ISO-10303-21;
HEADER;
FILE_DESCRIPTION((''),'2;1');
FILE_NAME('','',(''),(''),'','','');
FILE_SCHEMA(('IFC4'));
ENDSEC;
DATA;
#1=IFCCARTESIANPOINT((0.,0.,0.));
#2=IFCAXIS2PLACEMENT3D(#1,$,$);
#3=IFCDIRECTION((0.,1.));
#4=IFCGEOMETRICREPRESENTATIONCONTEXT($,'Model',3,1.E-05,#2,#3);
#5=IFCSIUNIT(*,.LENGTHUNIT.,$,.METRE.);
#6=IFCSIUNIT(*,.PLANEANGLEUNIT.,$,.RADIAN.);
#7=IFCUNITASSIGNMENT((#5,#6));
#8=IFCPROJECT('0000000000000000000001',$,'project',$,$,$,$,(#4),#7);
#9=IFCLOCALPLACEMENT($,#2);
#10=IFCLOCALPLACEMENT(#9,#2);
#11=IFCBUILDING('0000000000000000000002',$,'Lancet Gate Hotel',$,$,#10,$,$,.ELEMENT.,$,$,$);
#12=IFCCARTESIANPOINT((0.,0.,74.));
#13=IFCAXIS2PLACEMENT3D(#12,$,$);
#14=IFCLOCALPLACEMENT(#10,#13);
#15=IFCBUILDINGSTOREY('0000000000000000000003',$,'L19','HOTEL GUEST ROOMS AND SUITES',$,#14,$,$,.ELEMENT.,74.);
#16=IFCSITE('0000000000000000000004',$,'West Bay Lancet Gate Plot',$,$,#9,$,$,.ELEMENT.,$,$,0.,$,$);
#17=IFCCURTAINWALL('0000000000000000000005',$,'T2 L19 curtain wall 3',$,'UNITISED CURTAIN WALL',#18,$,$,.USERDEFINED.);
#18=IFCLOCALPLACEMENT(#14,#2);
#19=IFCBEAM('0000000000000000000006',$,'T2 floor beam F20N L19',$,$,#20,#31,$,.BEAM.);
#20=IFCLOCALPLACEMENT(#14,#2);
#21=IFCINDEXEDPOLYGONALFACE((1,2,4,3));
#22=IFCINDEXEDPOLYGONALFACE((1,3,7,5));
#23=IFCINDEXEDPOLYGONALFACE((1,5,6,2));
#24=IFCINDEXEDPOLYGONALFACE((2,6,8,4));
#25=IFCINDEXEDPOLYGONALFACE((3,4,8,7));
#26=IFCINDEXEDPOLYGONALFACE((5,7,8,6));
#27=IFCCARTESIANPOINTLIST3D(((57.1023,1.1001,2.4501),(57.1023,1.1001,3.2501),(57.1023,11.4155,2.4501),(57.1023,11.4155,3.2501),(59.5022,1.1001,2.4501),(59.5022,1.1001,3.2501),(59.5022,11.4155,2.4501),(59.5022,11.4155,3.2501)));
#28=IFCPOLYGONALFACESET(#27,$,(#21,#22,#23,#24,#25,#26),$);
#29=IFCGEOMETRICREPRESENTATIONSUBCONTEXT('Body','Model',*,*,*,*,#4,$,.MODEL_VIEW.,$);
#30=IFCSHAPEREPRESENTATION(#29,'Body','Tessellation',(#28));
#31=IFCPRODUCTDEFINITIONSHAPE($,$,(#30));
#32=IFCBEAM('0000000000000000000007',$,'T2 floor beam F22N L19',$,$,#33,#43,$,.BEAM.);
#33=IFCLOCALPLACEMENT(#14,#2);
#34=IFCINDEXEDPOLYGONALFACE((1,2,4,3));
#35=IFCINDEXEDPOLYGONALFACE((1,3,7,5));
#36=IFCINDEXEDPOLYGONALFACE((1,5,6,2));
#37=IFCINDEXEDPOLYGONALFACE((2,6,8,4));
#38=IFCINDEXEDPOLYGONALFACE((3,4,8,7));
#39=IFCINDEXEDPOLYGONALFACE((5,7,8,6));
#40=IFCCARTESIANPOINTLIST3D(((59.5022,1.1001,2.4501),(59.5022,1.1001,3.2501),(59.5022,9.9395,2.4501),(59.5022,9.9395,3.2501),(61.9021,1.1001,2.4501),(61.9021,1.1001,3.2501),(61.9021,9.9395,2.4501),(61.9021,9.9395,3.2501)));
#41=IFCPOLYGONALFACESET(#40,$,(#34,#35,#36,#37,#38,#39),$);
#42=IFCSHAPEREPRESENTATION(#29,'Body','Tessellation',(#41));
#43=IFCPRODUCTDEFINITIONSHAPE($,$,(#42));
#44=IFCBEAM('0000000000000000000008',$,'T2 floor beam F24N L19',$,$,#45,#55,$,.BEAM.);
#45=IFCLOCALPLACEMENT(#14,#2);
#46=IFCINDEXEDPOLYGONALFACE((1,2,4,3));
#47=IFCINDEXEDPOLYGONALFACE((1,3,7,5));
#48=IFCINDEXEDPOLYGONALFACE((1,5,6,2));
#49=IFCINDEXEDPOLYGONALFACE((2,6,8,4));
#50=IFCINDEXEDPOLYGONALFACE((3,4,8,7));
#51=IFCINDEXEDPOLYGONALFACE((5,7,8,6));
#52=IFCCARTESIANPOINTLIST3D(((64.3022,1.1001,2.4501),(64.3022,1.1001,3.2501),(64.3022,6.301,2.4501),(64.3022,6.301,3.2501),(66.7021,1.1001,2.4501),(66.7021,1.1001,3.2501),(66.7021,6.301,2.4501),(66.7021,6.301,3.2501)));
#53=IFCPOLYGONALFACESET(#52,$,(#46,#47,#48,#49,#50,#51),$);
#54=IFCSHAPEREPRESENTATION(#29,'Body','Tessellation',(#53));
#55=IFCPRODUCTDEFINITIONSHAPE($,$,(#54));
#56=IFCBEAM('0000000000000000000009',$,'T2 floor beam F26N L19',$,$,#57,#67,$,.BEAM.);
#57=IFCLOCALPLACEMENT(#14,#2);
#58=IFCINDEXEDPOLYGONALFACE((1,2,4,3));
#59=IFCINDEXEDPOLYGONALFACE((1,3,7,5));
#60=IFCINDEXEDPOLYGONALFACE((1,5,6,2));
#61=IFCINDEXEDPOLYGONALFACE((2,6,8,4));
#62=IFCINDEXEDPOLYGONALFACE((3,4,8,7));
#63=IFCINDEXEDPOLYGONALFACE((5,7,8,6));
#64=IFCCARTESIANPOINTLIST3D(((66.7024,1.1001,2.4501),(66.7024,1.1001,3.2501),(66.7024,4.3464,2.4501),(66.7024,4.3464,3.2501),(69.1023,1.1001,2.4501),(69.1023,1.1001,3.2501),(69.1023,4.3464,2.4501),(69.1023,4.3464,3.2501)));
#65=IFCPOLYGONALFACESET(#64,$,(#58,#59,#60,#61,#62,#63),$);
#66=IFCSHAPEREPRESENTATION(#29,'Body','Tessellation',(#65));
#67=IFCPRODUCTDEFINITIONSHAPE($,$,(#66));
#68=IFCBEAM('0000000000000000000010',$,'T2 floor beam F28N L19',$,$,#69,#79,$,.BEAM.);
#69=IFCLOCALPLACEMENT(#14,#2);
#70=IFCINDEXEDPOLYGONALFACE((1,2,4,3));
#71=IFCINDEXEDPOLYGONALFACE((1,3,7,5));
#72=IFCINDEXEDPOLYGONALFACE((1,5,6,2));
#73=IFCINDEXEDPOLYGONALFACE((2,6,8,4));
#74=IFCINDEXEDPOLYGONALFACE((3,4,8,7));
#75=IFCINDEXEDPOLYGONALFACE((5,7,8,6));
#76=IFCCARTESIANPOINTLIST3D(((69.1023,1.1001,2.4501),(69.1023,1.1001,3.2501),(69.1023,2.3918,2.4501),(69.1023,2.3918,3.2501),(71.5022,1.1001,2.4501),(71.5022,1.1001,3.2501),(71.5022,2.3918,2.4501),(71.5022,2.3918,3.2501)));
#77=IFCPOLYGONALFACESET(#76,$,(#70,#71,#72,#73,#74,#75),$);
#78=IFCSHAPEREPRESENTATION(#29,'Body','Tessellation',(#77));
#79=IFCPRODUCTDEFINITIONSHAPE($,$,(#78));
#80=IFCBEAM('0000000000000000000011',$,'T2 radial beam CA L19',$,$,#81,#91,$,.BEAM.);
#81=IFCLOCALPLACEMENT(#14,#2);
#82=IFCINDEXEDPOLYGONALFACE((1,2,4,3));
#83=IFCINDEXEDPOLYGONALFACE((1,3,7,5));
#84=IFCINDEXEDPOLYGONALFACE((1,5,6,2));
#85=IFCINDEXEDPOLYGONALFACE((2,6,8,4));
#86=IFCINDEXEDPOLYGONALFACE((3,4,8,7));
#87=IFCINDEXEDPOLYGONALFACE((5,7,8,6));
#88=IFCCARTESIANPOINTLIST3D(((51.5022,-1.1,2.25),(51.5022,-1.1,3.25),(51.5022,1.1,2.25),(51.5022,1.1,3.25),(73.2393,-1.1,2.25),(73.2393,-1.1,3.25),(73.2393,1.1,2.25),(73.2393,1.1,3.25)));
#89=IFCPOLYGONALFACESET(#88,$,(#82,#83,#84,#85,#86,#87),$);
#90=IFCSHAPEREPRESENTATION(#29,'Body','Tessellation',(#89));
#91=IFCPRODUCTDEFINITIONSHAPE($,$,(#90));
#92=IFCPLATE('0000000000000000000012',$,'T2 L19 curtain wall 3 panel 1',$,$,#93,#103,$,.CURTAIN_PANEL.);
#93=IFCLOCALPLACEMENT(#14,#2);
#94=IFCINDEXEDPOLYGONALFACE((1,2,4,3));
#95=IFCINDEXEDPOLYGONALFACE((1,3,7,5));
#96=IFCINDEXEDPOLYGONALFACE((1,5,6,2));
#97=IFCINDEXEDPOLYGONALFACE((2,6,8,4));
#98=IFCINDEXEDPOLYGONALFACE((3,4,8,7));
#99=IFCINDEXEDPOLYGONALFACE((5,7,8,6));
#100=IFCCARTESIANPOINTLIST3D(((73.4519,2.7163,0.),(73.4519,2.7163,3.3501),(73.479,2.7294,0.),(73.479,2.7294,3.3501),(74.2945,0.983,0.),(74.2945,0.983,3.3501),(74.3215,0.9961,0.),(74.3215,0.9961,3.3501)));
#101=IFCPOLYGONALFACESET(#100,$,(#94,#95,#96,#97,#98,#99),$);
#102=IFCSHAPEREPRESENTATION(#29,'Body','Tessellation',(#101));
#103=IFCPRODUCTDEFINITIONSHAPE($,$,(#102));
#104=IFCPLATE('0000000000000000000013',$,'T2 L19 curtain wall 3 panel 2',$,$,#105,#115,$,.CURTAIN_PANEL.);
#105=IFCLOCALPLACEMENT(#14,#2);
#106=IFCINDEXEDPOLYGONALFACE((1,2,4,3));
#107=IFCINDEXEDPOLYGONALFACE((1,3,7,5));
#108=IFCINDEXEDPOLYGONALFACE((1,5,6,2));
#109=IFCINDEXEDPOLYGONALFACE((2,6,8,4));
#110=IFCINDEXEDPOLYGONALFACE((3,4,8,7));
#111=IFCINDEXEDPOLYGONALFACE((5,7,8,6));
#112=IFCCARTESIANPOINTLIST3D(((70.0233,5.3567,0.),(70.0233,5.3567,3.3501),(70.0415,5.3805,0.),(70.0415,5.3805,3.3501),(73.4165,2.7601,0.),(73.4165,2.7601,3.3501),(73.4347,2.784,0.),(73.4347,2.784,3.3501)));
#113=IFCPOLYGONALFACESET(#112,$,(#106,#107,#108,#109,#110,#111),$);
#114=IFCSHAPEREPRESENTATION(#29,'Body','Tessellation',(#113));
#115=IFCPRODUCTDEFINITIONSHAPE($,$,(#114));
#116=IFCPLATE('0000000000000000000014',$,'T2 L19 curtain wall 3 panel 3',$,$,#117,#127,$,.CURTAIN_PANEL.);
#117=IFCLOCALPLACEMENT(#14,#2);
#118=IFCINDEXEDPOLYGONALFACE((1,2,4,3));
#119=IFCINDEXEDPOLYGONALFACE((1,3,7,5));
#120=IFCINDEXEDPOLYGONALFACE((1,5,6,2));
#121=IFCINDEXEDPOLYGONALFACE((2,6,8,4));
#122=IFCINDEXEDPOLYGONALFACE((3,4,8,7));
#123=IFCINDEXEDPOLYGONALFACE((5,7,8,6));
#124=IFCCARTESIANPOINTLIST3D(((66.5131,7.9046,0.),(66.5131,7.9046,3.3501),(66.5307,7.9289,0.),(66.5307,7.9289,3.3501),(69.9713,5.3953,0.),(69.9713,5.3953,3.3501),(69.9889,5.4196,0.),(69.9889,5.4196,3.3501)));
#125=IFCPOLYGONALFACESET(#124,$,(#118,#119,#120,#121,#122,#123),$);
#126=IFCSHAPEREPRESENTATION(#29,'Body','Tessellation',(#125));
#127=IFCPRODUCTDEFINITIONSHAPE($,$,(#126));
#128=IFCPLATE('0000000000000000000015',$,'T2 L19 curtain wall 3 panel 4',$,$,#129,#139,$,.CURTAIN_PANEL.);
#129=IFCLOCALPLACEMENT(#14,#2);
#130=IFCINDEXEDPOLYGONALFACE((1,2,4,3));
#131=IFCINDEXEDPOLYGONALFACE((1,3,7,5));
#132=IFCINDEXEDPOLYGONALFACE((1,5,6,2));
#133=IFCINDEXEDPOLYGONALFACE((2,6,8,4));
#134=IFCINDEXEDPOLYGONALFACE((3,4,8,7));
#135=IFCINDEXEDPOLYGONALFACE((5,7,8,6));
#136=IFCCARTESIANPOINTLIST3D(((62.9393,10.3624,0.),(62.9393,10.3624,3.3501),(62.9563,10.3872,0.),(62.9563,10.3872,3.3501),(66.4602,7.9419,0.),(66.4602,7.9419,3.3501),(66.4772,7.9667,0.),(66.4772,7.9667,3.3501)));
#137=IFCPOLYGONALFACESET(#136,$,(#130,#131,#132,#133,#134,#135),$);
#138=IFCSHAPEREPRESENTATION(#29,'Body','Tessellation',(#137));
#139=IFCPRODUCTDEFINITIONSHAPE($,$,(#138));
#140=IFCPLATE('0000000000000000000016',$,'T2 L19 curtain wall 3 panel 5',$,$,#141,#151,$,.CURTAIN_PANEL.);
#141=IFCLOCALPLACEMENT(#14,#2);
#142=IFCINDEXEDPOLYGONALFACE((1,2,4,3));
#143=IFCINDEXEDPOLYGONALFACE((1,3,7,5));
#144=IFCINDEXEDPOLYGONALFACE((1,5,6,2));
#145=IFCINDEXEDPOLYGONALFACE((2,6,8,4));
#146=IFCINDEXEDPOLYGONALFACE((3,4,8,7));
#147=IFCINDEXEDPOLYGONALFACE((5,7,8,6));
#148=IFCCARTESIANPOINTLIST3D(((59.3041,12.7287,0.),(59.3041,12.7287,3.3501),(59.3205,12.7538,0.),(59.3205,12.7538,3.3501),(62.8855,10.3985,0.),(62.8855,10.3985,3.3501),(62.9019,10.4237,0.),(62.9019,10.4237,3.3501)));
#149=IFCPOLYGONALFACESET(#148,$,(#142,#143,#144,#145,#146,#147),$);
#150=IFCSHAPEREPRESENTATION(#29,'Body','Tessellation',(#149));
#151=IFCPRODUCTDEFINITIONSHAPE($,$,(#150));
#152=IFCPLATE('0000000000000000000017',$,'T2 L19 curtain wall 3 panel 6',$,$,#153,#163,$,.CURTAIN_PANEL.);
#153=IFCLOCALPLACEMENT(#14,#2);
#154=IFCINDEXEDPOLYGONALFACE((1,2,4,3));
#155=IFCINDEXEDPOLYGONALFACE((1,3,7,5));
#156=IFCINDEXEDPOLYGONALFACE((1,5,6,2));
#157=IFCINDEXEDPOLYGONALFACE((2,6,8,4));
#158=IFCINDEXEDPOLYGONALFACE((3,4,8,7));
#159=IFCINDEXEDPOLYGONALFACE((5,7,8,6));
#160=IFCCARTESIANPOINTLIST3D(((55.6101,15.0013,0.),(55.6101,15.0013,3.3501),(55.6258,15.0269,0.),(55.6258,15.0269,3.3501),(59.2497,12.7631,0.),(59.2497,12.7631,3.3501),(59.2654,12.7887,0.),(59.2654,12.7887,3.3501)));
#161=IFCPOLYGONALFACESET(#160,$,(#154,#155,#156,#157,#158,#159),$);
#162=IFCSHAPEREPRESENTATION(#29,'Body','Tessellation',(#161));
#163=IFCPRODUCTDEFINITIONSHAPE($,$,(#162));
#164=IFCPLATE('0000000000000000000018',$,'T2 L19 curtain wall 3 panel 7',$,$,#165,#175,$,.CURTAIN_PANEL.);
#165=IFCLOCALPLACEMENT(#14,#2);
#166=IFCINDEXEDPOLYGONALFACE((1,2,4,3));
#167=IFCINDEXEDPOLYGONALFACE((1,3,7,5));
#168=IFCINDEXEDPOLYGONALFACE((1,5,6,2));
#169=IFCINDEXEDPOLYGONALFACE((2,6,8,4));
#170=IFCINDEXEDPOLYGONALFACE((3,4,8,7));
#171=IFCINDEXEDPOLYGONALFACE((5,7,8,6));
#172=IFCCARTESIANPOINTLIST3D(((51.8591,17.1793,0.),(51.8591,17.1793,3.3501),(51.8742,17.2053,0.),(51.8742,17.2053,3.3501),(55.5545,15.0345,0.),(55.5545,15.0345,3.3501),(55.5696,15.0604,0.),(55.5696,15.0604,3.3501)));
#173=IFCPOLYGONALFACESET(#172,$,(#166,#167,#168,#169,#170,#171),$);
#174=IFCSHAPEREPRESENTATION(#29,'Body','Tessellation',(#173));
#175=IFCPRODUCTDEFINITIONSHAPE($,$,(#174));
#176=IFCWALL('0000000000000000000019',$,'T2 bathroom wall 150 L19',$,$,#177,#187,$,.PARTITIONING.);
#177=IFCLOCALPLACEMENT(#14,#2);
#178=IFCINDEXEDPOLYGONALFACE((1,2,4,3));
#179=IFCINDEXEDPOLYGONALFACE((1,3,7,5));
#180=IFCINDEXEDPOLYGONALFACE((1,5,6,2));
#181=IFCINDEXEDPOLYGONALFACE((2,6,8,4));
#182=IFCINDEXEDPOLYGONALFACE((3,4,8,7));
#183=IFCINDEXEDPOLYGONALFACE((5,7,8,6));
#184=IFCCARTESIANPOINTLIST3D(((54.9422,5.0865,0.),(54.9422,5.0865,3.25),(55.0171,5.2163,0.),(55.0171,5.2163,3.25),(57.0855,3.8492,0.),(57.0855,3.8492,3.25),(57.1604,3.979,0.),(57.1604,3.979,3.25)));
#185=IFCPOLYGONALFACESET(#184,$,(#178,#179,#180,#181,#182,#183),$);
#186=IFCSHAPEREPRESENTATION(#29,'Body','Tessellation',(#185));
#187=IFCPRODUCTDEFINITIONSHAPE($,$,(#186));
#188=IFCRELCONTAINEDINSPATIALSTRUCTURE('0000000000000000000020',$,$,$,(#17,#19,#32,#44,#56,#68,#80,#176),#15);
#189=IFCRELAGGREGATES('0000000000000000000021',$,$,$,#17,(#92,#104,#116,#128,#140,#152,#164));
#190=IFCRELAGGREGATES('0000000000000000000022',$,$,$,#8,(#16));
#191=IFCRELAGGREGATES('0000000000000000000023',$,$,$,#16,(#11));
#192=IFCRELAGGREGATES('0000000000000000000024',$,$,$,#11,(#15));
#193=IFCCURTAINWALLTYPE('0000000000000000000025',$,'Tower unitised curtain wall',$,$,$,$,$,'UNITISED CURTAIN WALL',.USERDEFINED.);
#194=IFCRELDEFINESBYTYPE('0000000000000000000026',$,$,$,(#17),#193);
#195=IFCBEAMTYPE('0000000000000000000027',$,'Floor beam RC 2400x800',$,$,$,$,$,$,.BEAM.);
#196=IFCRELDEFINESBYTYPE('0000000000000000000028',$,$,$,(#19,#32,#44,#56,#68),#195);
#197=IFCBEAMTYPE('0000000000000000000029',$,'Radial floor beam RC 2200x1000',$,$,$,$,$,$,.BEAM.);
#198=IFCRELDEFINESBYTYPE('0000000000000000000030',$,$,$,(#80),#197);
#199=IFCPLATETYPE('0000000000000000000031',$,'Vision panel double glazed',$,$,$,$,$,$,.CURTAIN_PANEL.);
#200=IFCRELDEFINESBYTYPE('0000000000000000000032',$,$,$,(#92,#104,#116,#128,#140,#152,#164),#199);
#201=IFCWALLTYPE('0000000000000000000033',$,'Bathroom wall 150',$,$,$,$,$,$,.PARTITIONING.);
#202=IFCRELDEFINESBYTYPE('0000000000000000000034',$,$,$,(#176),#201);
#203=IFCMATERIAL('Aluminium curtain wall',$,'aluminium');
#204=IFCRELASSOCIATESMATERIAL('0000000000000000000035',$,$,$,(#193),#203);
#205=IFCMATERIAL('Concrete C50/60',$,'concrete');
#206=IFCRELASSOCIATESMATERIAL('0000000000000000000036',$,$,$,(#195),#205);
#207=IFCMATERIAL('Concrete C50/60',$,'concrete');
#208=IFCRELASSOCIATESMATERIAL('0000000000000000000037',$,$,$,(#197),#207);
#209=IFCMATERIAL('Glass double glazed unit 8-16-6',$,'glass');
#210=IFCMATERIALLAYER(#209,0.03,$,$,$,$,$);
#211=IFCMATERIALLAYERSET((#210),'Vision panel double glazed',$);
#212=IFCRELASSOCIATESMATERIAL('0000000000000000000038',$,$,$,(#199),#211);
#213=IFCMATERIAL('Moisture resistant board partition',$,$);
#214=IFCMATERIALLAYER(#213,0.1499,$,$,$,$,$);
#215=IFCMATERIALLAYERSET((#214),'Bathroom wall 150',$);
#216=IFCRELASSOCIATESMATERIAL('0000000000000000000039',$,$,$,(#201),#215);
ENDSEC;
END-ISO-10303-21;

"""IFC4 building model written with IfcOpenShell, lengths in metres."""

from ifc_helpers import new_model, si_unit, direction, frame, frame_2d, origin, origin_2d, place, context, subcontext, project, spatial, rectangle, extrude, material, layer, layer_set, material_profile, profile_set, type_object, element, aggregate, save


model = new_model("IFC4")

# Units and contexts
model_context = context("Model", 3, precision=1e-05, world=origin(), true_north=direction((0.0, 1.0)))
body_context = subcontext(model_context, "Body", "Model", "MODEL_VIEW")
ifc_project = project(units=[si_unit("LENGTHUNIT", "METRE"), si_unit("PLANEANGLEUNIT", "RADIAN")], contexts=[model_context])

# Site, building, storey
site_placement = place(None, origin())
site = spatial("IfcSite", under=ifc_project, at=site_placement, Name="West Bay Lancet Gate Plot", CompositionType="ELEMENT", RefElevation=0.0)
building_placement = place(site_placement, origin())
building = spatial("IfcBuilding", under=site, at=building_placement, Name="Lancet Gate Hotel", CompositionType="ELEMENT")
storey_placement = place(building_placement, frame((0.0, 0.0, 74.0)))
storey = spatial("IfcBuildingStorey", under=building, at=storey_placement, Name="L19", Description="HOTEL GUEST ROOMS AND SUITES", CompositionType="ELEMENT", Elevation=74.0)

# Curtain wall
ifc_material_1 = material(Name="Aluminium curtain wall", Category="aluminium")
curtain_wall_type = type_object("IfcCurtainWallType", Name="Tower unitised curtain wall", ElementType="UNITISED CURTAIN WALL", PredefinedType="USERDEFINED", material=ifc_material_1)
curtain_wall_placement = place(storey_placement, origin())
curtain_wall = element("IfcCurtainWall", 1, at=curtain_wall_placement, inside=storey, type_object=curtain_wall_type, Name="T2 L19 curtain wall 3", ObjectType="UNITISED CURTAIN WALL", PredefinedType="USERDEFINED")

# Beams
ifc_material_2 = material(Name="Concrete C50/60", Category="concrete")
ifc_material_profile_1 = material_profile(ifc_material_2, rectangle(XDim=2.3999, YDim=0.8, at=origin_2d()), Name="RC 2400x800")
ifc_profile_set_1 = profile_set([ifc_material_profile_1], Name="Concrete C50/60")
beam_type_1 = type_object("IfcBeamType", Name="Floor beam RC 2400x800", PredefinedType="BEAM", material=ifc_profile_set_1)
beam_1_placement = place(storey_placement, frame((58.3022, 1.1001, 2.8501), z_axis=(0.0, 1.0, 0.0), x_axis=(-1.0, 0.0, 0.0)))
element("IfcBeam", 2, at=beam_1_placement, inside=storey, type_object=beam_type_1, Name="T2 floor beam F20N L19", PredefinedType="BEAM", context=body_context, shape_type="SweptSolid", body=[
    extrude(rectangle(XDim=2.3999, YDim=0.8, at=origin_2d()), origin(), (0.0, 0.0, 1.0), 10.3154),
])
beam_2_placement = place(storey_placement, frame((60.7021, 1.1001, 2.8501), z_axis=(0.0, 1.0, 0.0), x_axis=(-1.0, 0.0, 0.0)))
element("IfcBeam", 3, at=beam_2_placement, inside=storey, type_object=beam_type_1, Name="T2 floor beam F22N L19", PredefinedType="BEAM", context=body_context, shape_type="SweptSolid", body=[
    extrude(rectangle(XDim=2.3999, YDim=0.8, at=origin_2d()), origin(), (0.0, 0.0, 1.0), 8.8394),
])
beam_3_placement = place(storey_placement, frame((65.5022, 1.1001, 2.8501), z_axis=(0.0, 1.0, 0.0), x_axis=(-1.0, 0.0, 0.0)))
element("IfcBeam", 4, at=beam_3_placement, inside=storey, type_object=beam_type_1, Name="T2 floor beam F24N L19", PredefinedType="BEAM", context=body_context, shape_type="SweptSolid", body=[
    extrude(rectangle(XDim=2.3999, YDim=0.8, at=origin_2d()), origin(), (0.0, 0.0, 1.0), 5.2009),
])
beam_4_placement = place(storey_placement, frame((67.9023, 1.1001, 2.8501), z_axis=(0.0, 1.0, 0.0), x_axis=(-1.0, 0.0, 0.0)))
element("IfcBeam", 5, at=beam_4_placement, inside=storey, type_object=beam_type_1, Name="T2 floor beam F26N L19", PredefinedType="BEAM", context=body_context, shape_type="SweptSolid", body=[
    extrude(rectangle(XDim=2.3999, YDim=0.8, at=origin_2d()), origin(), (0.0, 0.0, 1.0), 3.2463),
])
beam_5_placement = place(storey_placement, frame((70.3022, 1.1001, 2.8501), z_axis=(0.0, 1.0, 0.0), x_axis=(-1.0, 0.0, 0.0)))
element("IfcBeam", 6, at=beam_5_placement, inside=storey, type_object=beam_type_1, Name="T2 floor beam F28N L19", PredefinedType="BEAM", context=body_context, shape_type="SweptSolid", body=[
    extrude(rectangle(XDim=2.3999, YDim=0.8, at=origin_2d()), origin(), (0.0, 0.0, 1.0), 1.2917),
])
ifc_material_3 = material(Name="Concrete C50/60", Category="concrete")
ifc_material_profile_2 = material_profile(ifc_material_3, rectangle(XDim=2.2, YDim=1.0, at=origin_2d()), Name="RC 2200x1000")
ifc_profile_set_2 = profile_set([ifc_material_profile_2], Name="Concrete C50/60")
beam_type_2 = type_object("IfcBeamType", Name="Radial floor beam RC 2200x1000", PredefinedType="BEAM", material=ifc_profile_set_2)
beam_6_placement = place(storey_placement, frame((73.2393, 0.0, 2.75), z_axis=(-1.0, 0.0, 0.0), x_axis=(0.0, -1.0, 0.0)))
element("IfcBeam", 7, at=beam_6_placement, inside=storey, type_object=beam_type_2, Name="T2 radial beam CA L19", PredefinedType="BEAM", context=body_context, shape_type="SweptSolid", body=[
    extrude(rectangle(XDim=2.2, YDim=1.0, at=origin_2d()), origin(), (0.0, 0.0, 1.0), 21.7371),
])

# Plates
ifc_material_4 = material(Name="Glass double glazed unit 8-16-6", Category="glass")
ifc_layer_1 = layer(ifc_material_4, 0.03)
ifc_layer_set_1 = layer_set([ifc_layer_1], Name="Vision panel double glazed")
plate_type = type_object("IfcPlateType", Name="Vision panel double glazed", PredefinedType="CURTAIN_PANEL", material=ifc_layer_set_1)
plate_1_placement = place(storey_placement, frame((73.8867, 1.8562, 0.0), z_axis=(0.0, 0.0, 1.0), x_axis=(-0.437169, 0.899379, 0.0)))
plate_1 = element("IfcPlate", 8, at=plate_1_placement, type_object=plate_type, Name="T2 L19 curtain wall 3 panel 1", PredefinedType="CURTAIN_PANEL", context=body_context, shape_type="SweptSolid", body=[
    extrude(rectangle(XDim=1.9272, YDim=0.03, at=origin_2d()), origin(), (0.0, 0.0, 1.0), 3.3501),
])
plate_2_placement = place(storey_placement, frame((71.729, 4.0703, 0.0), z_axis=(0.0, 0.0, 1.0), x_axis=(-0.79416, 0.607709, 0.0)))
plate_2 = element("IfcPlate", 9, at=plate_2_placement, type_object=plate_type, Name="T2 L19 curtain wall 3 panel 2", PredefinedType="CURTAIN_PANEL", context=body_context, shape_type="SweptSolid", body=[
    extrude(rectangle(XDim=4.2727, YDim=0.03, at=origin_2d()), origin(), (0.0, 0.0, 1.0), 3.3501),
])
plate_3_placement = place(storey_placement, frame((68.251, 6.6621, 0.0), z_axis=(0.0, 0.0, 1.0), x_axis=(-0.80937, 0.587299, 0.0)))
plate_3 = element("IfcPlate", 10, at=plate_3_placement, type_object=plate_type, Name="T2 L19 curtain wall 3 panel 3", PredefinedType="CURTAIN_PANEL", context=body_context, shape_type="SweptSolid", body=[
    extrude(rectangle(XDim=4.2727, YDim=0.03, at=origin_2d()), origin(), (0.0, 0.0, 1.0), 3.3501),
])
plate_4_placement = place(storey_placement, frame((64.7083, 9.1646, 0.0), z_axis=(0.0, 0.0, 1.0), x_axis=(-0.824055, 0.566509, 0.0)))
plate_4 = element("IfcPlate", 11, at=plate_4_placement, type_object=plate_type, Name="T2 L19 curtain wall 3 panel 4", PredefinedType="CURTAIN_PANEL", context=body_context, shape_type="SweptSolid", body=[
    extrude(rectangle(XDim=4.2727, YDim=0.03, at=origin_2d()), origin(), (0.0, 0.0, 1.0), 3.3501),
])
plate_5_placement = place(storey_placement, frame((61.103, 11.5762, 0.0), z_axis=(0.0, 0.0, 1.0), x_axis=(-0.838207, 0.545353, 0.0)))
plate_5 = element("IfcPlate", 12, at=plate_5_placement, type_object=plate_type, Name="T2 L19 curtain wall 3 panel 5", PredefinedType="CURTAIN_PANEL", context=body_context, shape_type="SweptSolid", body=[
    extrude(rectangle(XDim=4.2727, YDim=0.03, at=origin_2d()), origin(), (0.0, 0.0, 1.0), 3.3501),
])
plate_6_placement = place(storey_placement, frame((57.4377, 13.895, 0.0), z_axis=(0.0, 0.0, 1.0), x_axis=(-0.851815, 0.523842, 0.0)))
plate_6 = element("IfcPlate", 13, at=plate_6_placement, type_object=plate_type, Name="T2 L19 curtain wall 3 panel 6", PredefinedType="CURTAIN_PANEL", context=body_context, shape_type="SweptSolid", body=[
    extrude(rectangle(XDim=4.2727, YDim=0.03, at=origin_2d()), origin(), (0.0, 0.0, 1.0), 3.3501),
])
plate_7_placement = place(storey_placement, frame((53.7144, 16.1199, 0.0), z_axis=(0.0, 0.0, 1.0), x_axis=(-0.864872, 0.501993, 0.0)))
plate_7 = element("IfcPlate", 14, at=plate_7_placement, type_object=plate_type, Name="T2 L19 curtain wall 3 panel 7", PredefinedType="CURTAIN_PANEL", context=body_context, shape_type="SweptSolid", body=[
    extrude(rectangle(XDim=4.2727, YDim=0.03, at=origin_2d()), origin(), (0.0, 0.0, 1.0), 3.3501),
])
aggregate(curtain_wall, [plate_1, plate_2, plate_3, plate_4, plate_5, plate_6, plate_7])

# Wall
ifc_material_5 = material(Name="Moisture resistant board partition")
ifc_layer_2 = layer(ifc_material_5, 0.1499)
ifc_layer_set_2 = layer_set([ifc_layer_2], Name="Bathroom wall 150")
wall_type = type_object("IfcWallType", Name="Bathroom wall 150", PredefinedType="PARTITIONING", material=ifc_layer_set_2)
wall_1_placement = place(storey_placement, frame((54.9797, 5.1514, 0.0), z_axis=(0.0, 0.0, 1.0), x_axis=(0.866049, -0.499959, 0.0)))
element("IfcWall", 15, at=wall_1_placement, inside=storey, type_object=wall_type, Name="T2 bathroom wall 150 L19", PredefinedType="PARTITIONING", context=body_context, shape_type="SweptSolid", body=[
    extrude(rectangle(XDim=2.4749, YDim=0.1499, at=frame_2d((1.2373, 0.0))), origin(), (0.0, 0.0, 1.0), 3.25),
])

save(model, "model.ifc")
